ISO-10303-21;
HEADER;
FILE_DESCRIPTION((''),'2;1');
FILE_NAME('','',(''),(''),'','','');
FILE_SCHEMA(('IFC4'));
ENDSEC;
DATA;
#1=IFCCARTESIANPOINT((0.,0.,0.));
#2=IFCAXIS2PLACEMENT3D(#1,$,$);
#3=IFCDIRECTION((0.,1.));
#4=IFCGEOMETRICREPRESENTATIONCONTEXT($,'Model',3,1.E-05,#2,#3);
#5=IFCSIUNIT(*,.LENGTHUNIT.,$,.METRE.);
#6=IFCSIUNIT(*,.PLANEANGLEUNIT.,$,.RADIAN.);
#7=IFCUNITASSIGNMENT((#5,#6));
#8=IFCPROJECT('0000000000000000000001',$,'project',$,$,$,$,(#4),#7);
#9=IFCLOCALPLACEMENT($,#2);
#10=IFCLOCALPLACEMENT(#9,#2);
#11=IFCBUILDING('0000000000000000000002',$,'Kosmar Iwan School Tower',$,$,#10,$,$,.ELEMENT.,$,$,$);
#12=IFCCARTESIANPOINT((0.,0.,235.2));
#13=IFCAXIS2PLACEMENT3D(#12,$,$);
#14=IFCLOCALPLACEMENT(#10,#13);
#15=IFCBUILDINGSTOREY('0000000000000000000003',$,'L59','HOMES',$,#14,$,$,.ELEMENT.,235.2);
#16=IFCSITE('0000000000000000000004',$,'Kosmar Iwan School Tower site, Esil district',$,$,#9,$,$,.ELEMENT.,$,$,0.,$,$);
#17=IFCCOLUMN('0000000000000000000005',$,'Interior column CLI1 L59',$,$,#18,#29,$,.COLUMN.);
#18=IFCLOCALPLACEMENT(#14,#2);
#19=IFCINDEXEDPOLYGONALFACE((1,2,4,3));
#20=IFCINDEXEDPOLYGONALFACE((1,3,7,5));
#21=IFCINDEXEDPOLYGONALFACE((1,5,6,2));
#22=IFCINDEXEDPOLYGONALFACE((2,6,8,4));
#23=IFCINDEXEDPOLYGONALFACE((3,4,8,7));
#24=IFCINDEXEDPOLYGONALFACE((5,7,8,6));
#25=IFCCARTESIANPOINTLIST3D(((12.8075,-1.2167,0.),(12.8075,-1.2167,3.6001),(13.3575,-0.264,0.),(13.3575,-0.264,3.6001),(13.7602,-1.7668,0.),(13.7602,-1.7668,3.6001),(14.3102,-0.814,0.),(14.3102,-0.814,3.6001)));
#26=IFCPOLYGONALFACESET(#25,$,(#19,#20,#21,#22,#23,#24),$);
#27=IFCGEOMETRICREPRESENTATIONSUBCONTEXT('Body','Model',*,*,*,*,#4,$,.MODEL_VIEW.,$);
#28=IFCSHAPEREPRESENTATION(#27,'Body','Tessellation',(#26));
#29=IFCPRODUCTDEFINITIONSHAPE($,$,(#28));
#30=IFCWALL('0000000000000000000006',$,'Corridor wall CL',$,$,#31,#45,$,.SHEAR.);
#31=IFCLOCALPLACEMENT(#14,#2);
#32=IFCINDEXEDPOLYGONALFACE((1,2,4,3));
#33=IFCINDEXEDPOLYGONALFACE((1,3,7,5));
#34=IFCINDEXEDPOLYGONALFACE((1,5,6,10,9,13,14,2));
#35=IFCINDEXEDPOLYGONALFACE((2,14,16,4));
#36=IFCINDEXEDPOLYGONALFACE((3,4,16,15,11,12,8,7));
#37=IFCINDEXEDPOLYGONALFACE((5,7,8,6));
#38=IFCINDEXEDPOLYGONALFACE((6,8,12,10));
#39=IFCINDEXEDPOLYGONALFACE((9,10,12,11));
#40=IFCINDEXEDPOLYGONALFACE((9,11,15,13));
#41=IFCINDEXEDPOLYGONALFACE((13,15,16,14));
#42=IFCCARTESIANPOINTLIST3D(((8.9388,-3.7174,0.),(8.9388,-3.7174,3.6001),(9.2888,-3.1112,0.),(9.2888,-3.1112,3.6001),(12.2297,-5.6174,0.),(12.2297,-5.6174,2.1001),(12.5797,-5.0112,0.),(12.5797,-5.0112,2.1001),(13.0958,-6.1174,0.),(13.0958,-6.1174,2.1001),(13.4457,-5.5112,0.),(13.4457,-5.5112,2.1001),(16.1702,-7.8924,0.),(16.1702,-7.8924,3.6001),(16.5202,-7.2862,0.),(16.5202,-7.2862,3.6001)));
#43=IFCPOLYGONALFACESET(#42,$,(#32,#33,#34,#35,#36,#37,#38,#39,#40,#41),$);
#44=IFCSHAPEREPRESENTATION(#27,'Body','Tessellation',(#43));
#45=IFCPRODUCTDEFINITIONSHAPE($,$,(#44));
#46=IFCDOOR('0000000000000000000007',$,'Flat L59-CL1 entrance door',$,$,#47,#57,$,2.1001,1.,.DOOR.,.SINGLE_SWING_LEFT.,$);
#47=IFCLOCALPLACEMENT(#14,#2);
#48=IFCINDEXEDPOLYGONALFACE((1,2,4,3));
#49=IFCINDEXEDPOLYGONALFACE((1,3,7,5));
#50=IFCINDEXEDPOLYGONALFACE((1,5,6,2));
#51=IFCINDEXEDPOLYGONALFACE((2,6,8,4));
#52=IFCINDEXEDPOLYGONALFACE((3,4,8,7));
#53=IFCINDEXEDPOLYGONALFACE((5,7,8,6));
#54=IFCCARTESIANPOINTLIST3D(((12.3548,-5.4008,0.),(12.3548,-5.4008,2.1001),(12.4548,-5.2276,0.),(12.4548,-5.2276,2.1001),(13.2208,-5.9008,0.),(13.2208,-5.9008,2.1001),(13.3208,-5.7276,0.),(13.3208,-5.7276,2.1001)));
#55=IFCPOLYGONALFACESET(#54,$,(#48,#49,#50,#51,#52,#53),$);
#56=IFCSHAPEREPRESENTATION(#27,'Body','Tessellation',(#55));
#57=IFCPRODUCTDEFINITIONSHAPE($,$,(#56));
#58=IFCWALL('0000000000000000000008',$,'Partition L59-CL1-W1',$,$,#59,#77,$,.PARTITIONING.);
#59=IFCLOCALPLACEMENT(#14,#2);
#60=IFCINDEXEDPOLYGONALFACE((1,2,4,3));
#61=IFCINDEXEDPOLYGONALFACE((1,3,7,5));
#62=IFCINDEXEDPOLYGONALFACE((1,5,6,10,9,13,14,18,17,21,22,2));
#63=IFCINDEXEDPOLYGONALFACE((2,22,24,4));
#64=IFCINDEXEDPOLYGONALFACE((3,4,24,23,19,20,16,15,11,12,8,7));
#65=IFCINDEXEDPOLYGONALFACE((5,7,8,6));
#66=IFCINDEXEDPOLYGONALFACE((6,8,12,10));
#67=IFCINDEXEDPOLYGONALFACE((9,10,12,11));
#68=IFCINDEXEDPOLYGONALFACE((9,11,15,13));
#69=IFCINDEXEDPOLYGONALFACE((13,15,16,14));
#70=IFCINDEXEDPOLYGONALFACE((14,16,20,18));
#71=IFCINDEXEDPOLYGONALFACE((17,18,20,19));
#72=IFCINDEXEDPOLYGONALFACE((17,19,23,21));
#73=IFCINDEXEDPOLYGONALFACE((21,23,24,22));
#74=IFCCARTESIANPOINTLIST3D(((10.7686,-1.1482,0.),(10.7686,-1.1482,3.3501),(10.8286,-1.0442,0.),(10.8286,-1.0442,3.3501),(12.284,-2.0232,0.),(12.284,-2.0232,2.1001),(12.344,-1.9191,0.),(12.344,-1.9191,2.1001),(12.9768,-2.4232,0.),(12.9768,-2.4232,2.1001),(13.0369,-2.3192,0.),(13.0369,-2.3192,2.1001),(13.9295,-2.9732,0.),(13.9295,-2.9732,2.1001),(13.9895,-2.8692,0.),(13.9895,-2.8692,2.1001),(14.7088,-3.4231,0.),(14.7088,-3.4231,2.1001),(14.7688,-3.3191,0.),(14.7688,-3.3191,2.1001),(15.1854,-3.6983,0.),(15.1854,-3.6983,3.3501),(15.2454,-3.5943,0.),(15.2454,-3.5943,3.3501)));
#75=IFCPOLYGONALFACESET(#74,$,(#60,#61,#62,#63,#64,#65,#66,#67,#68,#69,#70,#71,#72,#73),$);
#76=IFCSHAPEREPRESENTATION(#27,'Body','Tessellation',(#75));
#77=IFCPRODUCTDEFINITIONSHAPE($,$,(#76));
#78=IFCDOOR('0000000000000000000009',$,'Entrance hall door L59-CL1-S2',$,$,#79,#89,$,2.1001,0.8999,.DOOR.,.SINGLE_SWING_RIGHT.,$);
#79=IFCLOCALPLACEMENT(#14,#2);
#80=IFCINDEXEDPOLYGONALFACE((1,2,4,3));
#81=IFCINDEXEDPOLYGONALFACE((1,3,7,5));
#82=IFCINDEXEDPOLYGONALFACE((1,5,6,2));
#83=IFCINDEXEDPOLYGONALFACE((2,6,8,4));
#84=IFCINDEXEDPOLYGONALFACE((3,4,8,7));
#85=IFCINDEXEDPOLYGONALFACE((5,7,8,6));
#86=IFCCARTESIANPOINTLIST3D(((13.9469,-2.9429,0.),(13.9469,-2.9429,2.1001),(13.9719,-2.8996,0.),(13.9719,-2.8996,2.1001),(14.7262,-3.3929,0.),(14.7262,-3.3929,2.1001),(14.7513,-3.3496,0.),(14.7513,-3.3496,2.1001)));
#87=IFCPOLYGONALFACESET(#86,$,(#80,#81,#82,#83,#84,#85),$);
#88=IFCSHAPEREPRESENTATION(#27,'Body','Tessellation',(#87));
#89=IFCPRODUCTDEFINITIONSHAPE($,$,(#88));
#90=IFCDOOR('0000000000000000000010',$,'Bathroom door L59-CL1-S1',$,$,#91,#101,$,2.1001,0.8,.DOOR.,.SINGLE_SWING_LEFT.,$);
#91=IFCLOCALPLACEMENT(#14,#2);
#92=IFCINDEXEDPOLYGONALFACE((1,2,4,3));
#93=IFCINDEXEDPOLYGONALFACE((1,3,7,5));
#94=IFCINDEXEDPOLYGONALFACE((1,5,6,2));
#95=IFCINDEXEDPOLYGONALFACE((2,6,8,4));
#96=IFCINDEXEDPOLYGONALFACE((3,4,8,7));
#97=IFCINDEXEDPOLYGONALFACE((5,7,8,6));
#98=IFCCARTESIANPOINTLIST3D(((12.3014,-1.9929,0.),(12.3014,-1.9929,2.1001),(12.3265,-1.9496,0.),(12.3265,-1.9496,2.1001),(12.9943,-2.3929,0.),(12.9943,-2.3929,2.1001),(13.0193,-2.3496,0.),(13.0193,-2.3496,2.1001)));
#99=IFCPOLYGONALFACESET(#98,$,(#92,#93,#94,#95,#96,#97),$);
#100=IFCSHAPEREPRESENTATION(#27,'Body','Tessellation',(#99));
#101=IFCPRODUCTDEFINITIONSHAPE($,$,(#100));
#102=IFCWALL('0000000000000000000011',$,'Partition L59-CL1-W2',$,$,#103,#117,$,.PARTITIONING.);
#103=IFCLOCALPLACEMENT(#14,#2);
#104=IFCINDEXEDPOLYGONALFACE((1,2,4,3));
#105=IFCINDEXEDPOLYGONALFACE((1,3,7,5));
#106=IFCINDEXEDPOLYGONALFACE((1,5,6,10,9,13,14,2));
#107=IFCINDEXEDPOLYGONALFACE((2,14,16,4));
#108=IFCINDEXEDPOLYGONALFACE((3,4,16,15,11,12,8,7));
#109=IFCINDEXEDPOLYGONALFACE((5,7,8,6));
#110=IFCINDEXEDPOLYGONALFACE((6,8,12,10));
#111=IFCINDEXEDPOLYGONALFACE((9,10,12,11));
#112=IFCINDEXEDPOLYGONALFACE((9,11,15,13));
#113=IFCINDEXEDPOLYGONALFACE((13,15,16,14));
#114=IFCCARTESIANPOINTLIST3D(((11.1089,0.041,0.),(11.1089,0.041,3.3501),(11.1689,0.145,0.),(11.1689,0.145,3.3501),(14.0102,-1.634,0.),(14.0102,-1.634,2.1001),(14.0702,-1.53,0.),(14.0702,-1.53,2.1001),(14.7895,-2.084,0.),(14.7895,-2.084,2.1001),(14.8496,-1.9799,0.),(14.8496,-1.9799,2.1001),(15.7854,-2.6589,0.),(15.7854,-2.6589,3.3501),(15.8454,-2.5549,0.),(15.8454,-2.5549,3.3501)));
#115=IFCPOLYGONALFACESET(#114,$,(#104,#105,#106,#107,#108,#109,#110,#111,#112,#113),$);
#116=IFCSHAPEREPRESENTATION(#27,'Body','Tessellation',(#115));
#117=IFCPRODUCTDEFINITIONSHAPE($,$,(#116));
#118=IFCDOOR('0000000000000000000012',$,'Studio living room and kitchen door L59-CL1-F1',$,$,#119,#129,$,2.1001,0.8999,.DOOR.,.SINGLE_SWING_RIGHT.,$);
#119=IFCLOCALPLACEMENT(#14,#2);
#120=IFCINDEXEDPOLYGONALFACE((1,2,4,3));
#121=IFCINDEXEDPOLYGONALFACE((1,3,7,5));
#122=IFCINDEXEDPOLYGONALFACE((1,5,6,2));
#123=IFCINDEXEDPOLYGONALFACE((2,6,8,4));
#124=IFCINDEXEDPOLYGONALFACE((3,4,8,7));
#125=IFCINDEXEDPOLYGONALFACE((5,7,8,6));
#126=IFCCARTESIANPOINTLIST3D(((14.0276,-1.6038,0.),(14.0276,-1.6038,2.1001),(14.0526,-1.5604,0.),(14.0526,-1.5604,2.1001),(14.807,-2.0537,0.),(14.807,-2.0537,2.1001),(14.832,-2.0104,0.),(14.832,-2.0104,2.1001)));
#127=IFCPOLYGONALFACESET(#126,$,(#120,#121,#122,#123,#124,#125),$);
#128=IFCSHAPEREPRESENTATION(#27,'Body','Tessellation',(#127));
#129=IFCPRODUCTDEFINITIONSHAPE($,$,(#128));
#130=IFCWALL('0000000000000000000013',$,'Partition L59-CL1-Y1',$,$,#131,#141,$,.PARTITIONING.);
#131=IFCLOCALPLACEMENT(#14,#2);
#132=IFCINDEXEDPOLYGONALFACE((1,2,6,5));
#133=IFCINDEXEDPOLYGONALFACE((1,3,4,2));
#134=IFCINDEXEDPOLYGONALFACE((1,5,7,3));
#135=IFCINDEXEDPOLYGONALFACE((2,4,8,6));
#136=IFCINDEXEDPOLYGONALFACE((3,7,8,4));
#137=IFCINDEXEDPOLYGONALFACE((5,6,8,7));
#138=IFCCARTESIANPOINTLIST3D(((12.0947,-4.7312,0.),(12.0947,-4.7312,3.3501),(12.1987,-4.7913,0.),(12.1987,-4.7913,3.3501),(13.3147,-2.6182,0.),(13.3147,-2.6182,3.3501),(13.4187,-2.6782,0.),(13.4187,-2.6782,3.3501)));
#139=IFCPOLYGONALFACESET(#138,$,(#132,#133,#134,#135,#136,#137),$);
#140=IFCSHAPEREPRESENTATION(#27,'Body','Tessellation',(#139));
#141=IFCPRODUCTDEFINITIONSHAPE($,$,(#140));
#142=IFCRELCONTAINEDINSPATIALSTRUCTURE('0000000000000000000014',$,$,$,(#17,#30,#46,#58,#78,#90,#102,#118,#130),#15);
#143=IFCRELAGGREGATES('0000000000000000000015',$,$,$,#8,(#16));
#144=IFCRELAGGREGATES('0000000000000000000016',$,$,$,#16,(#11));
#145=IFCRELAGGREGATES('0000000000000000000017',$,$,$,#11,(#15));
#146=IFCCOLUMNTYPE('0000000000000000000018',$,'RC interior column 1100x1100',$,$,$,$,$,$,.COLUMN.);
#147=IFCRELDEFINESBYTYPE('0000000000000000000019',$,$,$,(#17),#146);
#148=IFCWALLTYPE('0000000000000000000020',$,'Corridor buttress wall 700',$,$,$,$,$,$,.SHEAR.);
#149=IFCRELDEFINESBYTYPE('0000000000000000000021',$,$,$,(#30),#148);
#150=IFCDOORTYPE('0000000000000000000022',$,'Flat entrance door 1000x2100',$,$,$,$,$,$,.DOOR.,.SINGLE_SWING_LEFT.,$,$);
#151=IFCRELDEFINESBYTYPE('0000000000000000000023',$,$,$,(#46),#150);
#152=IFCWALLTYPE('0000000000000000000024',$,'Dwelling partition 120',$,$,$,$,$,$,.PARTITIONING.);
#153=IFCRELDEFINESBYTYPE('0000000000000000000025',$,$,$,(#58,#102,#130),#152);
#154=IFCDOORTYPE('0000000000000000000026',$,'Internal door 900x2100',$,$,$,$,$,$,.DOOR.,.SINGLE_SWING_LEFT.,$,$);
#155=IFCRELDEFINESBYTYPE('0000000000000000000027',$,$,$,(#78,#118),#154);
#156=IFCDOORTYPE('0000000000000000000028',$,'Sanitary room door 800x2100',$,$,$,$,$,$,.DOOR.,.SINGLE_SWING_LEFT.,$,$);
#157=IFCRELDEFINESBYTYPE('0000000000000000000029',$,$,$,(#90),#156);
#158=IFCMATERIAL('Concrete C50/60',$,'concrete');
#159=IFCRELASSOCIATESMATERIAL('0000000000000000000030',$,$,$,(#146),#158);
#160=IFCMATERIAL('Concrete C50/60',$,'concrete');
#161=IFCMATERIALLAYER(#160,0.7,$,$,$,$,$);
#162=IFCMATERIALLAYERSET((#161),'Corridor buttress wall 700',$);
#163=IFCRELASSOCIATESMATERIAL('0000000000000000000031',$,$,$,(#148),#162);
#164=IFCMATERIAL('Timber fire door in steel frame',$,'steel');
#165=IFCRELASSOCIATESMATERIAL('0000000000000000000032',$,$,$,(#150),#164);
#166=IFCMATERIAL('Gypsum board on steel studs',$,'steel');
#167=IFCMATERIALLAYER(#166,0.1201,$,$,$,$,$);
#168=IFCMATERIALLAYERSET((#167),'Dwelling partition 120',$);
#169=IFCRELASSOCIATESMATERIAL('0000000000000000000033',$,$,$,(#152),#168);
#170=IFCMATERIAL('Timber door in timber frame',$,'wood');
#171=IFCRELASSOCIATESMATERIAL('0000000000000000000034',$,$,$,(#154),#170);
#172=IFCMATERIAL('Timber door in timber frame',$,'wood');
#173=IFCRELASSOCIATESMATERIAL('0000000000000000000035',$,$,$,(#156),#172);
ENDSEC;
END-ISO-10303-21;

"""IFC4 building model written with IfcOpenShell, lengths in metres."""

from ifc_helpers import new_model, si_unit, direction, frame, frame_2d, origin, origin_2d, place, context, subcontext, project, spatial, rectangle, extrude, material, layer, layer_set, material_profile, profile_set, type_object, element, fill, save


model = new_model("IFC4")

# Units and contexts
model_context = context("Model", 3, precision=1e-05, world=origin(), true_north=direction((0.0, 1.0)))
body_context = subcontext(model_context, "Body", "Model", "MODEL_VIEW")
ifc_project = project(units=[si_unit("LENGTHUNIT", "METRE"), si_unit("PLANEANGLEUNIT", "RADIAN")], contexts=[model_context])

# Site, building, storey
site_placement = place(None, origin())
site = spatial("IfcSite", under=ifc_project, at=site_placement, Name="Kosmar Iwan School Tower site, Esil district", CompositionType="ELEMENT", RefElevation=0.0)
building_placement = place(site_placement, origin())
building = spatial("IfcBuilding", under=site, at=building_placement, Name="Kosmar Iwan School Tower", CompositionType="ELEMENT")
storey_placement = place(building_placement, frame((0.0, 0.0, 235.2)))
storey = spatial("IfcBuildingStorey", under=building, at=storey_placement, Name="L59", Description="HOMES", CompositionType="ELEMENT", Elevation=235.2)

# Column
ifc_material_1 = material(Name="Concrete C50/60", Category="concrete")
ifc_material_profile = material_profile(ifc_material_1, rectangle(XDim=1.1001, YDim=1.1001, at=origin_2d()), Name="RC 1100x1100")
ifc_profile_set = profile_set([ifc_material_profile], Name="Concrete C50/60")
column_type = type_object("IfcColumnType", Name="RC interior column 1100x1100", PredefinedType="COLUMN", material=ifc_profile_set)
column_placement = place(storey_placement, frame((13.5588, -1.0154, 0.0), z_axis=(0.0, 0.0, 1.0), x_axis=(0.866025, -0.5, 0.0)))
element("IfcColumn", 1, at=column_placement, inside=storey, type_object=column_type, Name="Interior column CLI1 L59", PredefinedType="COLUMN", context=body_context, shape_type="SweptSolid", body=[
    extrude(rectangle(XDim=1.1001, YDim=1.1001, at=origin_2d()), origin(), (0.0, 0.0, 1.0), 3.6001),
])

# Wall, opening, door
ifc_material_2 = material(Name="Concrete C50/60", Category="concrete")
ifc_layer_1 = layer(ifc_material_2, 0.7)
ifc_layer_set_1 = layer_set([ifc_layer_1], Name="Corridor buttress wall 700")
wall_type_1 = type_object("IfcWallType", Name="Corridor buttress wall 700", PredefinedType="SHEAR", material=ifc_layer_set_1)
wall_1_placement = place(storey_placement, frame((9.1138, -3.4143, 0.0), z_axis=(0.0, 0.0, 1.0), x_axis=(0.866027, -0.499997, 0.0)))
wall_1 = element("IfcWall", 2, at=wall_1_placement, inside=storey, type_object=wall_type_1, Name="Corridor wall CL", PredefinedType="SHEAR", context=body_context, shape_type="SweptSolid", body=[
    extrude(rectangle(XDim=8.3501, YDim=0.7, at=frame_2d((4.175, 0.0))), origin(), (0.0, 0.0, 1.0), 3.6001),
])
opening_1_placement = place(wall_1_placement, frame((3.8, 0.0, 0.0)))
opening_1 = element("IfcOpeningElement", 3, at=opening_1_placement, cuts=wall_1, PredefinedType="OPENING", context=body_context, shape_type="SweptSolid", body=[
    extrude(rectangle(XDim=1.0, YDim=2.1001, at=frame_2d((0.5, 1.05))), frame((0.0, 0.3621, 0.0), z_axis=(0.0, -1.0, 0.0), x_axis=(1.0, 0.0, 0.0)), (0.0, 0.0, 1.0), 0.7239),
])
ifc_material_3 = material(Name="Timber fire door in steel frame", Category="steel")
door_type_1 = type_object("IfcDoorType", Name="Flat entrance door 1000x2100", OperationType="SINGLE_SWING_LEFT", PredefinedType="DOOR", material=ifc_material_3)
door_1_placement = place(opening_1_placement, origin())
door_1 = element("IfcDoor", 4, at=door_1_placement, inside=storey, type_object=door_type_1, Name="Flat L59-CL1 entrance door", OperationType="SINGLE_SWING_LEFT", OverallHeight=2.1001, OverallWidth=1.0, PredefinedType="DOOR", context=body_context, shape_type="SweptSolid", body=[
    extrude(rectangle(XDim=1.0, YDim=2.1001, at=frame_2d((0.5, 1.05))), frame((0.0, 0.1001, 0.0), z_axis=(0.0, -1.0, 0.0), x_axis=(1.0, 0.0, 0.0)), (0.0, 0.0, 1.0), 0.2),
])
fill(opening_1, door_1)

# Wall, openings, doors
ifc_material_4 = material(Name="Gypsum board on steel studs", Category="steel")
ifc_layer_2 = layer(ifc_material_4, 0.1201)
ifc_layer_set_2 = layer_set([ifc_layer_2], Name="Dwelling partition 120")
wall_type_2 = type_object("IfcWallType", Name="Dwelling partition 120", PredefinedType="PARTITIONING", material=ifc_layer_set_2)
wall_2_placement = place(storey_placement, frame((10.7986, -1.0962, 0.0), z_axis=(0.0, 0.0, 1.0), x_axis=(0.866022, -0.500006, 0.0)))
wall_2 = element("IfcWall", 5, at=wall_2_placement, inside=storey, type_object=wall_type_2, Name="Partition L59-CL1-W1", PredefinedType="PARTITIONING", context=body_context, shape_type="SweptSolid", body=[
    extrude(rectangle(XDim=5.1001, YDim=0.1201, at=frame_2d((2.55, 0.0))), origin(), (0.0, 0.0, 1.0), 3.3501),
])
opening_2_placement = place(wall_2_placement, frame((1.75, 0.0, 0.0)))
opening_2 = element("IfcOpeningElement", 6, at=opening_2_placement, cuts=wall_2, PredefinedType="OPENING", context=body_context, shape_type="SweptSolid", body=[
    extrude(rectangle(XDim=0.8, YDim=2.1001, at=frame_2d((0.3999, 1.05))), frame((0.0, 0.072, 0.0), z_axis=(0.0, -1.0, 0.0), x_axis=(1.0, 0.0, 0.0)), (0.0, 0.0, 1.0), 0.144),
])
opening_3_placement = place(wall_2_placement, frame((3.6499, 0.0, 0.0)))
opening_3 = element("IfcOpeningElement", 7, at=opening_3_placement, cuts=wall_2, PredefinedType="OPENING", context=body_context, shape_type="SweptSolid", body=[
    extrude(rectangle(XDim=0.8999, YDim=2.1001, at=frame_2d((0.45, 1.05))), frame((0.0, 0.072, 0.0), z_axis=(0.0, -1.0, 0.0), x_axis=(1.0, 0.0, 0.0)), (0.0, 0.0, 1.0), 0.144),
])
ifc_material_5 = material(Name="Timber door in timber frame", Category="wood")
door_type_2 = type_object("IfcDoorType", Name="Internal door 900x2100", OperationType="SINGLE_SWING_LEFT", PredefinedType="DOOR", material=ifc_material_5)
door_2_placement = place(opening_3_placement, origin())
door_2 = element("IfcDoor", 8, at=door_2_placement, inside=storey, type_object=door_type_2, Name="Entrance hall door L59-CL1-S2", OperationType="SINGLE_SWING_RIGHT", OverallHeight=2.1001, OverallWidth=0.8999, PredefinedType="DOOR", context=body_context, shape_type="SweptSolid", body=[
    extrude(rectangle(XDim=0.8999, YDim=2.1001, at=frame_2d((0.45, 1.05))), frame((0.0, 0.0249, 0.0), z_axis=(0.0, -1.0, 0.0), x_axis=(1.0, 0.0, 0.0)), (0.0, 0.0, 1.0), 0.05),
])
fill(opening_3, door_2)
ifc_material_6 = material(Name="Timber door in timber frame", Category="wood")
door_type_3 = type_object("IfcDoorType", Name="Sanitary room door 800x2100", OperationType="SINGLE_SWING_LEFT", PredefinedType="DOOR", material=ifc_material_6)
door_3_placement = place(opening_2_placement, origin())
door_3 = element("IfcDoor", 9, at=door_3_placement, inside=storey, type_object=door_type_3, Name="Bathroom door L59-CL1-S1", OperationType="SINGLE_SWING_LEFT", OverallHeight=2.1001, OverallWidth=0.8, PredefinedType="DOOR", context=body_context, shape_type="SweptSolid", body=[
    extrude(rectangle(XDim=0.8, YDim=2.1001, at=frame_2d((0.3999, 1.05))), frame((0.0, 0.0249, 0.0), z_axis=(0.0, -1.0, 0.0), x_axis=(1.0, 0.0, 0.0)), (0.0, 0.0, 1.0), 0.05),
])
fill(opening_2, door_3)

# Wall, opening, door
wall_3_placement = place(storey_placement, frame((11.1389, 0.093, 0.0), z_axis=(0.0, 0.0, 1.0), x_axis=(0.866028, -0.499995, 0.0)))
wall_3 = element("IfcWall", 10, at=wall_3_placement, inside=storey, type_object=wall_type_2, Name="Partition L59-CL1-W2", PredefinedType="PARTITIONING", context=body_context, shape_type="SweptSolid", body=[
    extrude(rectangle(XDim=5.3999, YDim=0.1201, at=frame_2d((2.7, 0.0))), origin(), (0.0, 0.0, 1.0), 3.3501),
])
opening_4_placement = place(wall_3_placement, frame((3.3501, 0.0, 0.0)))
opening_4 = element("IfcOpeningElement", 11, at=opening_4_placement, cuts=wall_3, PredefinedType="OPENING", context=body_context, shape_type="SweptSolid", body=[
    extrude(rectangle(XDim=0.8999, YDim=2.1001, at=frame_2d((0.45, 1.05))), frame((0.0, 0.072, 0.0), z_axis=(0.0, -1.0, 0.0), x_axis=(1.0, 0.0, 0.0)), (0.0, 0.0, 1.0), 0.144),
])
door_4_placement = place(opening_4_placement, origin())
door_4 = element("IfcDoor", 12, at=door_4_placement, inside=storey, type_object=door_type_2, Name="Studio living room and kitchen door L59-CL1-F1", OperationType="SINGLE_SWING_RIGHT", OverallHeight=2.1001, OverallWidth=0.8999, PredefinedType="DOOR", context=body_context, shape_type="SweptSolid", body=[
    extrude(rectangle(XDim=0.8999, YDim=2.1001, at=frame_2d((0.45, 1.05))), frame((0.0, 0.0249, 0.0), z_axis=(0.0, -1.0, 0.0), x_axis=(1.0, 0.0, 0.0)), (0.0, 0.0, 1.0), 0.05),
])
fill(opening_4, door_4)

# Wall
wall_4_placement = place(storey_placement, frame((12.1467, -4.7612, 0.0), z_axis=(0.0, 0.0, 1.0), x_axis=(0.500003, 0.866024, 0.0)))
element("IfcWall", 13, at=wall_4_placement, inside=storey, type_object=wall_type_2, Name="Partition L59-CL1-Y1", PredefinedType="PARTITIONING", context=body_context, shape_type="SweptSolid", body=[
    extrude(rectangle(XDim=2.4399, YDim=0.1201, at=frame_2d((1.22, 0.0))), origin(), (0.0, 0.0, 1.0), 3.3501),
])

save(model, "model.ifc")
